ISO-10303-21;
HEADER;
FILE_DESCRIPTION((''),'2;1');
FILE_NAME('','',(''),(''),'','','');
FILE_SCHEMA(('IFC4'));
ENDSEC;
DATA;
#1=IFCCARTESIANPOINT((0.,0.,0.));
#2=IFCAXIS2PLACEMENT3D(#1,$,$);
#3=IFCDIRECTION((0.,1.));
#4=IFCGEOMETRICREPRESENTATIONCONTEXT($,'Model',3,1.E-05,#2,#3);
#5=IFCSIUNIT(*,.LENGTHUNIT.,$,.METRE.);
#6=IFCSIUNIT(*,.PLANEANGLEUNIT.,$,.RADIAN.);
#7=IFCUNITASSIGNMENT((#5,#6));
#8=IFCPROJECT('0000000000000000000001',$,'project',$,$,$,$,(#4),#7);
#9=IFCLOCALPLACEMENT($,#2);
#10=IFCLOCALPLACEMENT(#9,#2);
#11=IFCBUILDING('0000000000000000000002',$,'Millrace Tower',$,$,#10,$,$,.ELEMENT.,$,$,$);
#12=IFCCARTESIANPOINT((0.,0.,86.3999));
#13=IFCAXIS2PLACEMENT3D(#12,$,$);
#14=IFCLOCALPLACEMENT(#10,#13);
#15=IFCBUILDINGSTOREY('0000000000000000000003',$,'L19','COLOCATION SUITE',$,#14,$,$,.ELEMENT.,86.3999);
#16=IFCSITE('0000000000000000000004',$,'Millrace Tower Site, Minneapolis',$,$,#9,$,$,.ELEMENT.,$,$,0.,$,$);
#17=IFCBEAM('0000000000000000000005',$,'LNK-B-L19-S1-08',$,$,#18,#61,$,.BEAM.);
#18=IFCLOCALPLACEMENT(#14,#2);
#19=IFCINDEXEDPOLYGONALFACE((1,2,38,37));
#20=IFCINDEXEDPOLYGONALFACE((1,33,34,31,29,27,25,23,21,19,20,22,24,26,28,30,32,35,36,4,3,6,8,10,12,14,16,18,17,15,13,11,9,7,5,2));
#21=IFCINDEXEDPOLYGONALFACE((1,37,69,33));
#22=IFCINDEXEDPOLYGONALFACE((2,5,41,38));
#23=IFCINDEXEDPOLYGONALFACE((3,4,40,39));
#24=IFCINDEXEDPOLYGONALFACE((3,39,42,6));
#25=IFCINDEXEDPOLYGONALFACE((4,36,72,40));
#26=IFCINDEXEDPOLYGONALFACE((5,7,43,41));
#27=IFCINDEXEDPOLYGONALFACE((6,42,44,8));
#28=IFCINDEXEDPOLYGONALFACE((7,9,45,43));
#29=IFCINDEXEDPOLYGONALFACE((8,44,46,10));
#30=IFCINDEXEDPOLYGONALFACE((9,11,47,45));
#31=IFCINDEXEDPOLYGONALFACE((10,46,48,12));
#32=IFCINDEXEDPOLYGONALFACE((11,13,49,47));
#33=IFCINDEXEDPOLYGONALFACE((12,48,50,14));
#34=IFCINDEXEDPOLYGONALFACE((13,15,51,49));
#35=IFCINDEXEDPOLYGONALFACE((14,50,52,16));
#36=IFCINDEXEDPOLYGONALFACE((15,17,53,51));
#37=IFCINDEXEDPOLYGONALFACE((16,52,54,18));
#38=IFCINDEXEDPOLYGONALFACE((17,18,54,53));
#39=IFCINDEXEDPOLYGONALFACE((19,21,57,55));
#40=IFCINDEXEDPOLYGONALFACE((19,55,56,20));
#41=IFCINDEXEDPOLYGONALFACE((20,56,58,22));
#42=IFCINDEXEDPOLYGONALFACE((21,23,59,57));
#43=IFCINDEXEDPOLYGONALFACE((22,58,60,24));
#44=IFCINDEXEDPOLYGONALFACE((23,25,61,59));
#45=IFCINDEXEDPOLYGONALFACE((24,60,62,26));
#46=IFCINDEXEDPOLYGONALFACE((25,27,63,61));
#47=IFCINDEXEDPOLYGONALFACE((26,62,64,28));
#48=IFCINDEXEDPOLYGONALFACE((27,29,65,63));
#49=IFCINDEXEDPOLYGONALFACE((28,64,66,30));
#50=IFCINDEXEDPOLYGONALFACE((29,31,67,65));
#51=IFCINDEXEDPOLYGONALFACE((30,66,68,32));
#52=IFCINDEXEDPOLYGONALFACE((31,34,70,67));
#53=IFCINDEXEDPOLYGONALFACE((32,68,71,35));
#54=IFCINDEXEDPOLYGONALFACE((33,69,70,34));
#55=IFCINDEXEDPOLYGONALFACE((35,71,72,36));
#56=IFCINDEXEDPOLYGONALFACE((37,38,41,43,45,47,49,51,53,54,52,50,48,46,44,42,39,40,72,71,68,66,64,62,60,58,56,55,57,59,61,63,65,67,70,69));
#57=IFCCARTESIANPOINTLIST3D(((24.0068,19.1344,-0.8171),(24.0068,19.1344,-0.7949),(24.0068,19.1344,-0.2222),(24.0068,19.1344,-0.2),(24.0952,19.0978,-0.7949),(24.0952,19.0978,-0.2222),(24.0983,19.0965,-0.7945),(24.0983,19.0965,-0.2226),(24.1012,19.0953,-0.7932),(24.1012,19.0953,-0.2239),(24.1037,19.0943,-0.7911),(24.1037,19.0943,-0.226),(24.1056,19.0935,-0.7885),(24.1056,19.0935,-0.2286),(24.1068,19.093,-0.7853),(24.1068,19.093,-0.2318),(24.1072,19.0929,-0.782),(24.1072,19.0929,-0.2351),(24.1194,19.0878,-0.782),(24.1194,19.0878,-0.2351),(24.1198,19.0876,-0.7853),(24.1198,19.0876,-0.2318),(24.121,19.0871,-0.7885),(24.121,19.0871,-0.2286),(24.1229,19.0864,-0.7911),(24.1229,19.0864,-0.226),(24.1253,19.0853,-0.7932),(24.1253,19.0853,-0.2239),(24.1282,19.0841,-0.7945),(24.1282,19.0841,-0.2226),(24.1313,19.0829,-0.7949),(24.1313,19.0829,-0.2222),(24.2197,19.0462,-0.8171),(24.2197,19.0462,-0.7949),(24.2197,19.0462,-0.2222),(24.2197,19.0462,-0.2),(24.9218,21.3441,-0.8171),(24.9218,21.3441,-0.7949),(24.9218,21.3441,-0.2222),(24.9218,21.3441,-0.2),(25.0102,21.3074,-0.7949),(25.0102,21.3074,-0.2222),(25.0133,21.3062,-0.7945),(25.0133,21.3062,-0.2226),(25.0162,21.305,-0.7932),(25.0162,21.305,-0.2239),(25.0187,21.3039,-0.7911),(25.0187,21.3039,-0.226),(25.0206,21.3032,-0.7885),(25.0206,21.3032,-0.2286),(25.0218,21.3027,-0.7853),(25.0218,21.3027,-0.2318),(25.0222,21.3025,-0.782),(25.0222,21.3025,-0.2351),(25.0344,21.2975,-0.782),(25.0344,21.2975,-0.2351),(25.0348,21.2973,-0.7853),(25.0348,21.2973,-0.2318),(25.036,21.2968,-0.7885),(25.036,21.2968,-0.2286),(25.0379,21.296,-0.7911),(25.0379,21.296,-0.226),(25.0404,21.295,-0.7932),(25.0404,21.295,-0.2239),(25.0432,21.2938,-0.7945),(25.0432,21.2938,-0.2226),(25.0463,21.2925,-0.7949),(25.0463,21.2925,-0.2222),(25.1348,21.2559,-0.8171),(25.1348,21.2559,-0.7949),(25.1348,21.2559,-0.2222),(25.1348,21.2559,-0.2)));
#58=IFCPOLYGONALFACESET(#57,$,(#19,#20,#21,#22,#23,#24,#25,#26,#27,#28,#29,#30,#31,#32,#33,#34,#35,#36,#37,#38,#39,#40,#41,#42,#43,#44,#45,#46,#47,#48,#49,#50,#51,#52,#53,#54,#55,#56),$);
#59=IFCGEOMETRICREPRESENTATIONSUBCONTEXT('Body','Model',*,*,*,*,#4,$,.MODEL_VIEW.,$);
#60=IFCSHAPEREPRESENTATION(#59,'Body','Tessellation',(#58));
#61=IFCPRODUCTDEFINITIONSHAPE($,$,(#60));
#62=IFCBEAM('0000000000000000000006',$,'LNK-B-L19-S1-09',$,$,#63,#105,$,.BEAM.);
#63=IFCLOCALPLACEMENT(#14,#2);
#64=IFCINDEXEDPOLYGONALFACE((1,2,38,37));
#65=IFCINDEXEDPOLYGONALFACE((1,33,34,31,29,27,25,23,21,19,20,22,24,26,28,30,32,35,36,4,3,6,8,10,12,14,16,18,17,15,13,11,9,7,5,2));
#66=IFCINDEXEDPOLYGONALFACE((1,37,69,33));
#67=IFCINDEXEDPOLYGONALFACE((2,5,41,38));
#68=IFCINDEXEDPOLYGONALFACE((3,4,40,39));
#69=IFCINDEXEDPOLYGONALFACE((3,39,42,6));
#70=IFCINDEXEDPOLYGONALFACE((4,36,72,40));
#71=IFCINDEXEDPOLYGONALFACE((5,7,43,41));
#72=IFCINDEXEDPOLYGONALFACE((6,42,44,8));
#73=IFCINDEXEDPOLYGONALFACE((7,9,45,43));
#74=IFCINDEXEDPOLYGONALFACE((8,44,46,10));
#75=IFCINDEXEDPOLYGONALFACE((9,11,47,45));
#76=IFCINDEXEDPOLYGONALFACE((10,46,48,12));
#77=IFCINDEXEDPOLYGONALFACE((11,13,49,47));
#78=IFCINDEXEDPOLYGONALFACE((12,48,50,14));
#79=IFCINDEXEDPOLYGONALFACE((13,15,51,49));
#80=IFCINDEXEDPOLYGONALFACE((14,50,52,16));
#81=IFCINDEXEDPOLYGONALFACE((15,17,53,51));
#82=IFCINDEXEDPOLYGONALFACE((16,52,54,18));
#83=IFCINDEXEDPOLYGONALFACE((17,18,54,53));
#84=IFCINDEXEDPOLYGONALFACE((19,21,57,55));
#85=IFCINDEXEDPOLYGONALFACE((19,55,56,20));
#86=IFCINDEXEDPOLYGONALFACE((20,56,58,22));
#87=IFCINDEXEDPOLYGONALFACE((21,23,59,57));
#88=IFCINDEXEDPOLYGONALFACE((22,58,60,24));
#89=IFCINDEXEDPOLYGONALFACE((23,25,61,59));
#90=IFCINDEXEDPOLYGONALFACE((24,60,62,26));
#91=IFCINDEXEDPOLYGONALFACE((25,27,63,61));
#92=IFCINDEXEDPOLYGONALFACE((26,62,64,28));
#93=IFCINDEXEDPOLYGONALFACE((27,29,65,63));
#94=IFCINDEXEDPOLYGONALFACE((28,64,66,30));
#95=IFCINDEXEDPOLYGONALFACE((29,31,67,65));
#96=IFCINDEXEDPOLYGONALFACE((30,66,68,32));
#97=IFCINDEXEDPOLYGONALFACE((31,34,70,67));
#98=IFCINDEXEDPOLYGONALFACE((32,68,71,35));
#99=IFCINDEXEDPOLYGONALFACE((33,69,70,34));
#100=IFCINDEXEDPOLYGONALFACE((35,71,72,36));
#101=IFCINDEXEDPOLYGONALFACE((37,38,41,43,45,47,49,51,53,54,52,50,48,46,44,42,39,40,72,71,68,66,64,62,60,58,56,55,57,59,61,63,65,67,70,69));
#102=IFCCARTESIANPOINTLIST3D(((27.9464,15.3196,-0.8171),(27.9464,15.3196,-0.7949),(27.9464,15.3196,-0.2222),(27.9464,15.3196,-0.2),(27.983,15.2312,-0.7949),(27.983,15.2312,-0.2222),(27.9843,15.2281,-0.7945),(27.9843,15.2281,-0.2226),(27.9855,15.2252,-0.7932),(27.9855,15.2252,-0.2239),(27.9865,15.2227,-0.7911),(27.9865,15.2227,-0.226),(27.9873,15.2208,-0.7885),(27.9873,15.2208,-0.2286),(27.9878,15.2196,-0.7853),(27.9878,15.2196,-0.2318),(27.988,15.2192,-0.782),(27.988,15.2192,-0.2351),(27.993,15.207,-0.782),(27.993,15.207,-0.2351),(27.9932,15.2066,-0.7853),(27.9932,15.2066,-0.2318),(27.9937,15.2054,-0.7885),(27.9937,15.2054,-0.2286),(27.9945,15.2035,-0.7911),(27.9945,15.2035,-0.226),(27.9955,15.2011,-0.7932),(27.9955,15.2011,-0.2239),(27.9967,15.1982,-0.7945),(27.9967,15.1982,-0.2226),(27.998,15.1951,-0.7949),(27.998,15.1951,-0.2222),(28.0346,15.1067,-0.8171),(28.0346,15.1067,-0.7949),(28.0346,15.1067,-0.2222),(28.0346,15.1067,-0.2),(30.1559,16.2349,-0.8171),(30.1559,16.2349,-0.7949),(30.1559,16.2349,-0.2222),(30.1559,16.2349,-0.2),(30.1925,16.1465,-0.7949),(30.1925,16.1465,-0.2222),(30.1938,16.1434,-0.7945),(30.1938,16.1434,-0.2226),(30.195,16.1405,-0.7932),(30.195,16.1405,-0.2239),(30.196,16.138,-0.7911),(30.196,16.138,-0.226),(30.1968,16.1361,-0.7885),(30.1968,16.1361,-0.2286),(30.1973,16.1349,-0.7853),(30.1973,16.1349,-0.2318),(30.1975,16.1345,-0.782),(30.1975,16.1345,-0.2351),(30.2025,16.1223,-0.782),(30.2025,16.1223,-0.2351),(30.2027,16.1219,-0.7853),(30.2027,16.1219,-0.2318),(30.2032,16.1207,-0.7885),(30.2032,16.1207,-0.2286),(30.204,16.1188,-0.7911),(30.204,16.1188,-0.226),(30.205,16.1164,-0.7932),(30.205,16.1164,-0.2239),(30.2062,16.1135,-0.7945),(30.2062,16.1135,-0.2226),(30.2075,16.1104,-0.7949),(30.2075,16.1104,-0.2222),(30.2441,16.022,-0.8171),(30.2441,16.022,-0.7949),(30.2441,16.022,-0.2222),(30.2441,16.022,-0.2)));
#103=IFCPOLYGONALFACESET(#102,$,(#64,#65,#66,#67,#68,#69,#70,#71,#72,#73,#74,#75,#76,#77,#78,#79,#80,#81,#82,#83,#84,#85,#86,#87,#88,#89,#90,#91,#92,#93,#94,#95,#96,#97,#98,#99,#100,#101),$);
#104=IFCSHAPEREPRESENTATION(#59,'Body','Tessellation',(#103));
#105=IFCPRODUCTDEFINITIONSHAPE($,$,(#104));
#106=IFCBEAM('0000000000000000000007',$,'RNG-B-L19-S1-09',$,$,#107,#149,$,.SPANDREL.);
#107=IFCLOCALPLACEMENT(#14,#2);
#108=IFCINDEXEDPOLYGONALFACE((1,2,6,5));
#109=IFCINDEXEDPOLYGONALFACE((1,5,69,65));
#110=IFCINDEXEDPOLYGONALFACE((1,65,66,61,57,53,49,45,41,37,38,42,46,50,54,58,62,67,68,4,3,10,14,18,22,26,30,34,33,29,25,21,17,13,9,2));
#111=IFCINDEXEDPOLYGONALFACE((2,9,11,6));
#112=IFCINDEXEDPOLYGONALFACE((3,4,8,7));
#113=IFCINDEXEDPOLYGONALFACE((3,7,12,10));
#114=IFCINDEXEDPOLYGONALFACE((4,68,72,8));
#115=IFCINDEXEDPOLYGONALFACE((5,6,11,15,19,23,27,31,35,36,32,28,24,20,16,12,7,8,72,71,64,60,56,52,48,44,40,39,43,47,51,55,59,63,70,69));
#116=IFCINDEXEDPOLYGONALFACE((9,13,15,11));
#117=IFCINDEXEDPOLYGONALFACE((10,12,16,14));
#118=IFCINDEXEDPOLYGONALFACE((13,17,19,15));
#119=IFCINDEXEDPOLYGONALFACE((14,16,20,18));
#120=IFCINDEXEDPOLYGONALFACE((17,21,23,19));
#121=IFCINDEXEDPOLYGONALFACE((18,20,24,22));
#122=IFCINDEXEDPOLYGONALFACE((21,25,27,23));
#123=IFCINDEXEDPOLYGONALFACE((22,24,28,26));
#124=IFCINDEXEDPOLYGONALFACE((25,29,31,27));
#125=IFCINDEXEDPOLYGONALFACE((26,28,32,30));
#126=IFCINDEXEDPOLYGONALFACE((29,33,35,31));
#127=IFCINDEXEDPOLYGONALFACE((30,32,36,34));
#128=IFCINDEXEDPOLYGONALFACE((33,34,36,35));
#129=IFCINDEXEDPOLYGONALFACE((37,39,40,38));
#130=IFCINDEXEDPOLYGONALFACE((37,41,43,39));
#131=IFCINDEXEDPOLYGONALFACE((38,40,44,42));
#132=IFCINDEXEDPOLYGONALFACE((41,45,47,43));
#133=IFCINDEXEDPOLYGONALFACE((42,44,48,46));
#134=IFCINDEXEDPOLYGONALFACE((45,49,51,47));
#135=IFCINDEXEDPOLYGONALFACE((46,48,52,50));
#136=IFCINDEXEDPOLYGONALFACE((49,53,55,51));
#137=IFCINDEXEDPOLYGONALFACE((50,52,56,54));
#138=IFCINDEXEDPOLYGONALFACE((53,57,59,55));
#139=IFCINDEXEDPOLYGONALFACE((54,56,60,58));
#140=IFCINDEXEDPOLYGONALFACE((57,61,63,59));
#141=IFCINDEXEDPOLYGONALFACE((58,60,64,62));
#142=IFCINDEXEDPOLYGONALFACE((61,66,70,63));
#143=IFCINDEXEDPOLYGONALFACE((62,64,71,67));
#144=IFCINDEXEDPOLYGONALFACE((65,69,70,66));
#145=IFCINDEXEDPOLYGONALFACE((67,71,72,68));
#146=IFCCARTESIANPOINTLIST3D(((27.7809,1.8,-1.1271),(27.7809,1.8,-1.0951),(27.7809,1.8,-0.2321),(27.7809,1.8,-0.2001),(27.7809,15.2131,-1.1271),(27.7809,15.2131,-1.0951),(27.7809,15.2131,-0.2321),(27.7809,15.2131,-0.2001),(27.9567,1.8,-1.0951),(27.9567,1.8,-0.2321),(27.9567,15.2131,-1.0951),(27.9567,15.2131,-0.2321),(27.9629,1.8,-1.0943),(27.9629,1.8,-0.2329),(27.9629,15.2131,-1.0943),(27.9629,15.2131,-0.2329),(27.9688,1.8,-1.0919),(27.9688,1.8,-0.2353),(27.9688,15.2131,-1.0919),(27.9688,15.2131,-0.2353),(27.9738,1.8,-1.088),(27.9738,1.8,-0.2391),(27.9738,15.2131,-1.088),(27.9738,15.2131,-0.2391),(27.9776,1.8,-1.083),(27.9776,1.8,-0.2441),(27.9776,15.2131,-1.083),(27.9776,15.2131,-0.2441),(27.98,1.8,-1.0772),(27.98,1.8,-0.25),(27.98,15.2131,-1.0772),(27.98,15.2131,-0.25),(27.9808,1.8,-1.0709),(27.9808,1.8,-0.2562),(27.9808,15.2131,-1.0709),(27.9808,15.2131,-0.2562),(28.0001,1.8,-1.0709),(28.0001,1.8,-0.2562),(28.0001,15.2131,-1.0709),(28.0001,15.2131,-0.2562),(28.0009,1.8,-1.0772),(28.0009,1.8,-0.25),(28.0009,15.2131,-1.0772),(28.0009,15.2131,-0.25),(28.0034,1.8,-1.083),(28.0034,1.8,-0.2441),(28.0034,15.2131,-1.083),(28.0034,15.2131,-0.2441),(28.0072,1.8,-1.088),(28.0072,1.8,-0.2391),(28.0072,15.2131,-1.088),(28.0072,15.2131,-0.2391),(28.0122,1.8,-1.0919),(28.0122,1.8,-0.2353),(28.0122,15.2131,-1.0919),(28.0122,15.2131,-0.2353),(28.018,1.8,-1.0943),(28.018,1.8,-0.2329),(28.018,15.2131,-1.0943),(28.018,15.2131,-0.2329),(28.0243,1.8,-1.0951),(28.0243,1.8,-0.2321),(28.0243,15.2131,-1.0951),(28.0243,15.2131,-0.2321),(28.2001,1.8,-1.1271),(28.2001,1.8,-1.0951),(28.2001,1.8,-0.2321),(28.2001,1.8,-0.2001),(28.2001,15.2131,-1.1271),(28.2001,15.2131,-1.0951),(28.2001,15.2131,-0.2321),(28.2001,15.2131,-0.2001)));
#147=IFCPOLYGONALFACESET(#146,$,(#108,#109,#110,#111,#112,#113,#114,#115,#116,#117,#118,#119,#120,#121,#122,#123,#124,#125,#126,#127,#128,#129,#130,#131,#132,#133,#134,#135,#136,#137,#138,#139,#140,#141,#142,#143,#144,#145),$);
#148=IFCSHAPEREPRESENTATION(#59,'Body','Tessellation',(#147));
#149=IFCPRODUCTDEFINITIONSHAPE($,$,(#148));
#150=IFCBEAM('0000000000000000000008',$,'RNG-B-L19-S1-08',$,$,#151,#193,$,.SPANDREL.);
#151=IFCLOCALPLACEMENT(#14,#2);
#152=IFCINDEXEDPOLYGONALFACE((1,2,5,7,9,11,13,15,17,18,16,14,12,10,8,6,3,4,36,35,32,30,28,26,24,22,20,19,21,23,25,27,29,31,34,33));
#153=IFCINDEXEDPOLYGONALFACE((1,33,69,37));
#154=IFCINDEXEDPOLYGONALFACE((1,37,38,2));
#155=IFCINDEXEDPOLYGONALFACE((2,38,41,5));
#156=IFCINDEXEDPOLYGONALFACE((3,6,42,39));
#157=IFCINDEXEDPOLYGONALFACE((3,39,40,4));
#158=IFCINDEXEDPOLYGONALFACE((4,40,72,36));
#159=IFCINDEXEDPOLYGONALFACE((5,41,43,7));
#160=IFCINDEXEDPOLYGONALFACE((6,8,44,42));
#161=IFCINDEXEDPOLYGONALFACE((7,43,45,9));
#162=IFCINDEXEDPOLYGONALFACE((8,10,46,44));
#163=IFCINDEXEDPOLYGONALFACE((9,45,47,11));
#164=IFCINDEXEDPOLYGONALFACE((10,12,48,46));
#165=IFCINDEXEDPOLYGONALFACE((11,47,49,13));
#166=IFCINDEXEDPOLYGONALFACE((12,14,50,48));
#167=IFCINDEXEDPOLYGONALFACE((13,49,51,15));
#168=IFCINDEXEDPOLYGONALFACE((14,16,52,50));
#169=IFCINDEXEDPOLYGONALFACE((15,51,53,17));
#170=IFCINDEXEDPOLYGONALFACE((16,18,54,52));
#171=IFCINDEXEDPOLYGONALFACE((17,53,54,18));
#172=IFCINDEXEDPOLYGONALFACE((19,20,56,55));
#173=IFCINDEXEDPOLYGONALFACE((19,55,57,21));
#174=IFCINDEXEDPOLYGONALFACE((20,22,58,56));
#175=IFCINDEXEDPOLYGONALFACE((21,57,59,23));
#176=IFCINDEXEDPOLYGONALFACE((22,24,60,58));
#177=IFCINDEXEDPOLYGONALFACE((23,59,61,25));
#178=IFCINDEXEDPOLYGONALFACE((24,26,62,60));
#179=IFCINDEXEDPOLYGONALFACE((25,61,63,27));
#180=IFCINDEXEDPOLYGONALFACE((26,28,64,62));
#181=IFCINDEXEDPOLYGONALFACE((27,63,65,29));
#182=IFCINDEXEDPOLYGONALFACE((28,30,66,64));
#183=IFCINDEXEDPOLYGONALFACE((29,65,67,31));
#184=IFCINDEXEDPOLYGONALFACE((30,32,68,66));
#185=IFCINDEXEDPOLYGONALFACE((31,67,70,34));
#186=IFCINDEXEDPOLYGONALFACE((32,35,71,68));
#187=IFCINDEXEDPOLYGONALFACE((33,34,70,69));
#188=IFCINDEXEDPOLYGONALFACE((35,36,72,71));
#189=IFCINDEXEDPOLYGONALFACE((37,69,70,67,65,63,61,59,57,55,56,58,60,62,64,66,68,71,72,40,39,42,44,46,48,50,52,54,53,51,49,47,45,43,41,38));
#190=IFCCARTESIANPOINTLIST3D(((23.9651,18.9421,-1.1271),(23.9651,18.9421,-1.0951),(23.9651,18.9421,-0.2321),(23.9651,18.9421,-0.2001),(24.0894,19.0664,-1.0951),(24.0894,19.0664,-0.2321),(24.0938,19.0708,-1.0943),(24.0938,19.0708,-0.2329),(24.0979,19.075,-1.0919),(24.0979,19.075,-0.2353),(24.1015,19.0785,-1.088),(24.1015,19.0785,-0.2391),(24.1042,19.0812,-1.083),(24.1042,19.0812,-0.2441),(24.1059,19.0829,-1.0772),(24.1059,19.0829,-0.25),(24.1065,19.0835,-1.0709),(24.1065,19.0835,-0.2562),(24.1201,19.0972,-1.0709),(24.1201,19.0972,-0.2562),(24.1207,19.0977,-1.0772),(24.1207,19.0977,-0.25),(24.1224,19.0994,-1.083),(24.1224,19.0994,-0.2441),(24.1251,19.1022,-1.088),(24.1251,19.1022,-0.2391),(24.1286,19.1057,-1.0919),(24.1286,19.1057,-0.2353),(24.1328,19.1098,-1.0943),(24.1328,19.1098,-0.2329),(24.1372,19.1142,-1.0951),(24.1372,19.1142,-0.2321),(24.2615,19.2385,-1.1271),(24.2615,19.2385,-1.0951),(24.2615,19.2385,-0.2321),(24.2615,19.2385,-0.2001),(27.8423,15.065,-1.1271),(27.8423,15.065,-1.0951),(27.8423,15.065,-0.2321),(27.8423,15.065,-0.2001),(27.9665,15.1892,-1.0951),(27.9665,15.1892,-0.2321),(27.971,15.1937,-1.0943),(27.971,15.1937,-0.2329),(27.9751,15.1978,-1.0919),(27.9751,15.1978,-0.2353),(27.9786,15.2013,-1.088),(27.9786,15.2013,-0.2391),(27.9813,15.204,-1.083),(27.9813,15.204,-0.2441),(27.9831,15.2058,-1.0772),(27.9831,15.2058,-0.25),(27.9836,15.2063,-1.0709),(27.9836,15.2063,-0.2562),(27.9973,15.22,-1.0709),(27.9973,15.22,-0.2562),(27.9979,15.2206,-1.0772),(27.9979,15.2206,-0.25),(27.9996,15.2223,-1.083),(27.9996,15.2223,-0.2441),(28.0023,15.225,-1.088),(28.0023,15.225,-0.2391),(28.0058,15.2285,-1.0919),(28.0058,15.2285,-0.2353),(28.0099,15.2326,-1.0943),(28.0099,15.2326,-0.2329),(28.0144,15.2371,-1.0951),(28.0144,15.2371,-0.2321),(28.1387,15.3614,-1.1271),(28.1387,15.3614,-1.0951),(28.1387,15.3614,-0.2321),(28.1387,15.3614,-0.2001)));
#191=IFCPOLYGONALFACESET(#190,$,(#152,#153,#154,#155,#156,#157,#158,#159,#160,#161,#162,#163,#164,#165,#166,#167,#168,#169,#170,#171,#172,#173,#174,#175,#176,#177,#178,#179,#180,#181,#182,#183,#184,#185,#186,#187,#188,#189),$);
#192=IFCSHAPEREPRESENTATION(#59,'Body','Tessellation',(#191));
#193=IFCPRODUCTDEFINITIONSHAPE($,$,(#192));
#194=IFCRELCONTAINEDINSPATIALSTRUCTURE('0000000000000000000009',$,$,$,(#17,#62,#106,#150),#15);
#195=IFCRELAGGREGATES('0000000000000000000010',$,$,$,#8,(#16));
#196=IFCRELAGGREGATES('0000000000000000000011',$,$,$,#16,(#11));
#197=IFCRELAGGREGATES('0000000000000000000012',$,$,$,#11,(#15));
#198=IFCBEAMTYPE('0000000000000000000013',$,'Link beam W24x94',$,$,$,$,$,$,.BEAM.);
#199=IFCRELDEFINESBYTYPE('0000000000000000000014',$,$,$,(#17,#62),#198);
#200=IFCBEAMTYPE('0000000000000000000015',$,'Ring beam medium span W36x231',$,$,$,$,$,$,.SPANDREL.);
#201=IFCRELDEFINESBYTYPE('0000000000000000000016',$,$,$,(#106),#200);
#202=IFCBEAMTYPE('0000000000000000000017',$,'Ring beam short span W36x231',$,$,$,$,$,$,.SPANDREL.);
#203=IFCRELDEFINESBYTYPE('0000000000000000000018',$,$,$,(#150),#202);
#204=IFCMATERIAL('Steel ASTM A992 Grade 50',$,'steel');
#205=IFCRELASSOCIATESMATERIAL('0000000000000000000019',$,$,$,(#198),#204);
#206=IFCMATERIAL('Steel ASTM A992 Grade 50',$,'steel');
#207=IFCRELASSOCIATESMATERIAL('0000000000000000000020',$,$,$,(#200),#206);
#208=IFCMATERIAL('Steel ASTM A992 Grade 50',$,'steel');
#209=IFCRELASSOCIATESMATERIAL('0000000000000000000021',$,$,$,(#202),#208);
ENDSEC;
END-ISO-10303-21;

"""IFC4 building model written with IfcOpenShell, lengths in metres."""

from ifc_helpers import new_model, si_unit, direction, frame, origin, origin_2d, place, context, subcontext, project, spatial, i_section, extrude, material, material_profile, profile_set, type_object, element, save


model = new_model("IFC4")

# Units and contexts
model_context = context("Model", 3, precision=1e-05, world=origin(), true_north=direction((0.0, 1.0)))
body_context = subcontext(model_context, "Body", "Model", "MODEL_VIEW")
ifc_project = project(units=[si_unit("LENGTHUNIT", "METRE"), si_unit("PLANEANGLEUNIT", "RADIAN")], contexts=[model_context])

# Site, building, storey
site_placement = place(None, origin())
site = spatial("IfcSite", under=ifc_project, at=site_placement, Name="Millrace Tower Site, Minneapolis", CompositionType="ELEMENT", RefElevation=0.0)
building_placement = place(site_placement, origin())
building = spatial("IfcBuilding", under=site, at=building_placement, Name="Millrace Tower", CompositionType="ELEMENT")
storey_placement = place(building_placement, frame((0.0, 0.0, 86.3999)))
storey = spatial("IfcBuildingStorey", under=building, at=storey_placement, Name="L19", Description="COLOCATION SUITE", CompositionType="ELEMENT", Elevation=86.3999)

# Beams
ifc_material_1 = material(Name="Steel ASTM A992 Grade 50", Category="steel")
ifc_material_profile_1 = material_profile(ifc_material_1, i_section(OverallWidth=0.2305, OverallDepth=0.6172, WebThickness=0.0132, FlangeThickness=0.0222, FilletRadius=0.0129, at=origin_2d()))
ifc_profile_set_1 = profile_set([ifc_material_profile_1], Name="Steel ASTM A992 Grade 50")
beam_type_1 = type_object("IfcBeamType", Name="Link beam W24x94", PredefinedType="BEAM", material=ifc_profile_set_1)
for number, where, z_axis, x_axis, name in (
    (1, (24.1133, 19.0903, -0.5085), (0.382592, 0.923917, 0.0), (-0.923917, 0.382592, 0.0), "LNK-B-L19-S1-08"),
    (2, (27.9905, 15.2131, -0.5085), (0.923866, 0.382715, 0.0), (-0.382715, 0.923866, 0.0), "LNK-B-L19-S1-09"),
):
    element("IfcBeam", number, at=place(storey_placement, frame(where, z_axis=z_axis, x_axis=x_axis)), inside=storey, type_object=beam_type_1, Name=name, PredefinedType="BEAM", context=body_context, shape_type="SweptSolid", body=[
        extrude(i_section(OverallWidth=0.2305, OverallDepth=0.6172, WebThickness=0.0132, FlangeThickness=0.0222, FilletRadius=0.0129, at=origin_2d()), origin(), (0.0, 0.0, 1.0), 2.3916),
    ])
ifc_material_2 = material(Name="Steel ASTM A992 Grade 50", Category="steel")
ifc_material_profile_2 = material_profile(ifc_material_2, i_section(OverallWidth=0.4192, OverallDepth=0.927, WebThickness=0.0193, FlangeThickness=0.032, FilletRadius=0.0242, at=origin_2d()))
ifc_profile_set_2 = profile_set([ifc_material_profile_2], Name="Steel ASTM A992 Grade 50")
beam_type_2 = type_object("IfcBeamType", Name="Ring beam medium span W36x231", PredefinedType="SPANDREL", material=ifc_profile_set_2)
beam_1_placement = place(storey_placement, frame((27.9905, 15.2131, -0.6636), z_axis=(0.0, -1.0, 0.0), x_axis=(1.0, 0.0, 0.0)))
element("IfcBeam", 3, at=beam_1_placement, inside=storey, type_object=beam_type_2, Name="RNG-B-L19-S1-09", PredefinedType="SPANDREL", context=body_context, shape_type="SweptSolid", body=[
    extrude(i_section(OverallWidth=0.4192, OverallDepth=0.927, WebThickness=0.0193, FlangeThickness=0.032, FilletRadius=0.0242, at=origin_2d()), origin(), (0.0, 0.0, 1.0), 13.4131),
])
ifc_material_3 = material(Name="Steel ASTM A992 Grade 50", Category="steel")
ifc_material_profile_3 = material_profile(ifc_material_3, i_section(OverallWidth=0.4192, OverallDepth=0.927, WebThickness=0.0193, FlangeThickness=0.032, FilletRadius=0.0242, at=origin_2d()))
ifc_profile_set_3 = profile_set([ifc_material_profile_3], Name="Steel ASTM A992 Grade 50")
beam_type_3 = type_object("IfcBeamType", Name="Ring beam short span W36x231", PredefinedType="SPANDREL", material=ifc_profile_set_3)
beam_2_placement = place(storey_placement, frame((24.1133, 19.0903, -0.6636), z_axis=(0.707107, -0.707107, 0.0), x_axis=(0.707107, 0.707107, 0.0)))
element("IfcBeam", 4, at=beam_2_placement, inside=storey, type_object=beam_type_3, Name="RNG-B-L19-S1-08", PredefinedType="SPANDREL", context=body_context, shape_type="SweptSolid", body=[
    extrude(i_section(OverallWidth=0.4192, OverallDepth=0.927, WebThickness=0.0193, FlangeThickness=0.032, FilletRadius=0.0242, at=origin_2d()), origin(), (0.0, 0.0, 1.0), 5.4832),
])

save(model, "model.ifc")
